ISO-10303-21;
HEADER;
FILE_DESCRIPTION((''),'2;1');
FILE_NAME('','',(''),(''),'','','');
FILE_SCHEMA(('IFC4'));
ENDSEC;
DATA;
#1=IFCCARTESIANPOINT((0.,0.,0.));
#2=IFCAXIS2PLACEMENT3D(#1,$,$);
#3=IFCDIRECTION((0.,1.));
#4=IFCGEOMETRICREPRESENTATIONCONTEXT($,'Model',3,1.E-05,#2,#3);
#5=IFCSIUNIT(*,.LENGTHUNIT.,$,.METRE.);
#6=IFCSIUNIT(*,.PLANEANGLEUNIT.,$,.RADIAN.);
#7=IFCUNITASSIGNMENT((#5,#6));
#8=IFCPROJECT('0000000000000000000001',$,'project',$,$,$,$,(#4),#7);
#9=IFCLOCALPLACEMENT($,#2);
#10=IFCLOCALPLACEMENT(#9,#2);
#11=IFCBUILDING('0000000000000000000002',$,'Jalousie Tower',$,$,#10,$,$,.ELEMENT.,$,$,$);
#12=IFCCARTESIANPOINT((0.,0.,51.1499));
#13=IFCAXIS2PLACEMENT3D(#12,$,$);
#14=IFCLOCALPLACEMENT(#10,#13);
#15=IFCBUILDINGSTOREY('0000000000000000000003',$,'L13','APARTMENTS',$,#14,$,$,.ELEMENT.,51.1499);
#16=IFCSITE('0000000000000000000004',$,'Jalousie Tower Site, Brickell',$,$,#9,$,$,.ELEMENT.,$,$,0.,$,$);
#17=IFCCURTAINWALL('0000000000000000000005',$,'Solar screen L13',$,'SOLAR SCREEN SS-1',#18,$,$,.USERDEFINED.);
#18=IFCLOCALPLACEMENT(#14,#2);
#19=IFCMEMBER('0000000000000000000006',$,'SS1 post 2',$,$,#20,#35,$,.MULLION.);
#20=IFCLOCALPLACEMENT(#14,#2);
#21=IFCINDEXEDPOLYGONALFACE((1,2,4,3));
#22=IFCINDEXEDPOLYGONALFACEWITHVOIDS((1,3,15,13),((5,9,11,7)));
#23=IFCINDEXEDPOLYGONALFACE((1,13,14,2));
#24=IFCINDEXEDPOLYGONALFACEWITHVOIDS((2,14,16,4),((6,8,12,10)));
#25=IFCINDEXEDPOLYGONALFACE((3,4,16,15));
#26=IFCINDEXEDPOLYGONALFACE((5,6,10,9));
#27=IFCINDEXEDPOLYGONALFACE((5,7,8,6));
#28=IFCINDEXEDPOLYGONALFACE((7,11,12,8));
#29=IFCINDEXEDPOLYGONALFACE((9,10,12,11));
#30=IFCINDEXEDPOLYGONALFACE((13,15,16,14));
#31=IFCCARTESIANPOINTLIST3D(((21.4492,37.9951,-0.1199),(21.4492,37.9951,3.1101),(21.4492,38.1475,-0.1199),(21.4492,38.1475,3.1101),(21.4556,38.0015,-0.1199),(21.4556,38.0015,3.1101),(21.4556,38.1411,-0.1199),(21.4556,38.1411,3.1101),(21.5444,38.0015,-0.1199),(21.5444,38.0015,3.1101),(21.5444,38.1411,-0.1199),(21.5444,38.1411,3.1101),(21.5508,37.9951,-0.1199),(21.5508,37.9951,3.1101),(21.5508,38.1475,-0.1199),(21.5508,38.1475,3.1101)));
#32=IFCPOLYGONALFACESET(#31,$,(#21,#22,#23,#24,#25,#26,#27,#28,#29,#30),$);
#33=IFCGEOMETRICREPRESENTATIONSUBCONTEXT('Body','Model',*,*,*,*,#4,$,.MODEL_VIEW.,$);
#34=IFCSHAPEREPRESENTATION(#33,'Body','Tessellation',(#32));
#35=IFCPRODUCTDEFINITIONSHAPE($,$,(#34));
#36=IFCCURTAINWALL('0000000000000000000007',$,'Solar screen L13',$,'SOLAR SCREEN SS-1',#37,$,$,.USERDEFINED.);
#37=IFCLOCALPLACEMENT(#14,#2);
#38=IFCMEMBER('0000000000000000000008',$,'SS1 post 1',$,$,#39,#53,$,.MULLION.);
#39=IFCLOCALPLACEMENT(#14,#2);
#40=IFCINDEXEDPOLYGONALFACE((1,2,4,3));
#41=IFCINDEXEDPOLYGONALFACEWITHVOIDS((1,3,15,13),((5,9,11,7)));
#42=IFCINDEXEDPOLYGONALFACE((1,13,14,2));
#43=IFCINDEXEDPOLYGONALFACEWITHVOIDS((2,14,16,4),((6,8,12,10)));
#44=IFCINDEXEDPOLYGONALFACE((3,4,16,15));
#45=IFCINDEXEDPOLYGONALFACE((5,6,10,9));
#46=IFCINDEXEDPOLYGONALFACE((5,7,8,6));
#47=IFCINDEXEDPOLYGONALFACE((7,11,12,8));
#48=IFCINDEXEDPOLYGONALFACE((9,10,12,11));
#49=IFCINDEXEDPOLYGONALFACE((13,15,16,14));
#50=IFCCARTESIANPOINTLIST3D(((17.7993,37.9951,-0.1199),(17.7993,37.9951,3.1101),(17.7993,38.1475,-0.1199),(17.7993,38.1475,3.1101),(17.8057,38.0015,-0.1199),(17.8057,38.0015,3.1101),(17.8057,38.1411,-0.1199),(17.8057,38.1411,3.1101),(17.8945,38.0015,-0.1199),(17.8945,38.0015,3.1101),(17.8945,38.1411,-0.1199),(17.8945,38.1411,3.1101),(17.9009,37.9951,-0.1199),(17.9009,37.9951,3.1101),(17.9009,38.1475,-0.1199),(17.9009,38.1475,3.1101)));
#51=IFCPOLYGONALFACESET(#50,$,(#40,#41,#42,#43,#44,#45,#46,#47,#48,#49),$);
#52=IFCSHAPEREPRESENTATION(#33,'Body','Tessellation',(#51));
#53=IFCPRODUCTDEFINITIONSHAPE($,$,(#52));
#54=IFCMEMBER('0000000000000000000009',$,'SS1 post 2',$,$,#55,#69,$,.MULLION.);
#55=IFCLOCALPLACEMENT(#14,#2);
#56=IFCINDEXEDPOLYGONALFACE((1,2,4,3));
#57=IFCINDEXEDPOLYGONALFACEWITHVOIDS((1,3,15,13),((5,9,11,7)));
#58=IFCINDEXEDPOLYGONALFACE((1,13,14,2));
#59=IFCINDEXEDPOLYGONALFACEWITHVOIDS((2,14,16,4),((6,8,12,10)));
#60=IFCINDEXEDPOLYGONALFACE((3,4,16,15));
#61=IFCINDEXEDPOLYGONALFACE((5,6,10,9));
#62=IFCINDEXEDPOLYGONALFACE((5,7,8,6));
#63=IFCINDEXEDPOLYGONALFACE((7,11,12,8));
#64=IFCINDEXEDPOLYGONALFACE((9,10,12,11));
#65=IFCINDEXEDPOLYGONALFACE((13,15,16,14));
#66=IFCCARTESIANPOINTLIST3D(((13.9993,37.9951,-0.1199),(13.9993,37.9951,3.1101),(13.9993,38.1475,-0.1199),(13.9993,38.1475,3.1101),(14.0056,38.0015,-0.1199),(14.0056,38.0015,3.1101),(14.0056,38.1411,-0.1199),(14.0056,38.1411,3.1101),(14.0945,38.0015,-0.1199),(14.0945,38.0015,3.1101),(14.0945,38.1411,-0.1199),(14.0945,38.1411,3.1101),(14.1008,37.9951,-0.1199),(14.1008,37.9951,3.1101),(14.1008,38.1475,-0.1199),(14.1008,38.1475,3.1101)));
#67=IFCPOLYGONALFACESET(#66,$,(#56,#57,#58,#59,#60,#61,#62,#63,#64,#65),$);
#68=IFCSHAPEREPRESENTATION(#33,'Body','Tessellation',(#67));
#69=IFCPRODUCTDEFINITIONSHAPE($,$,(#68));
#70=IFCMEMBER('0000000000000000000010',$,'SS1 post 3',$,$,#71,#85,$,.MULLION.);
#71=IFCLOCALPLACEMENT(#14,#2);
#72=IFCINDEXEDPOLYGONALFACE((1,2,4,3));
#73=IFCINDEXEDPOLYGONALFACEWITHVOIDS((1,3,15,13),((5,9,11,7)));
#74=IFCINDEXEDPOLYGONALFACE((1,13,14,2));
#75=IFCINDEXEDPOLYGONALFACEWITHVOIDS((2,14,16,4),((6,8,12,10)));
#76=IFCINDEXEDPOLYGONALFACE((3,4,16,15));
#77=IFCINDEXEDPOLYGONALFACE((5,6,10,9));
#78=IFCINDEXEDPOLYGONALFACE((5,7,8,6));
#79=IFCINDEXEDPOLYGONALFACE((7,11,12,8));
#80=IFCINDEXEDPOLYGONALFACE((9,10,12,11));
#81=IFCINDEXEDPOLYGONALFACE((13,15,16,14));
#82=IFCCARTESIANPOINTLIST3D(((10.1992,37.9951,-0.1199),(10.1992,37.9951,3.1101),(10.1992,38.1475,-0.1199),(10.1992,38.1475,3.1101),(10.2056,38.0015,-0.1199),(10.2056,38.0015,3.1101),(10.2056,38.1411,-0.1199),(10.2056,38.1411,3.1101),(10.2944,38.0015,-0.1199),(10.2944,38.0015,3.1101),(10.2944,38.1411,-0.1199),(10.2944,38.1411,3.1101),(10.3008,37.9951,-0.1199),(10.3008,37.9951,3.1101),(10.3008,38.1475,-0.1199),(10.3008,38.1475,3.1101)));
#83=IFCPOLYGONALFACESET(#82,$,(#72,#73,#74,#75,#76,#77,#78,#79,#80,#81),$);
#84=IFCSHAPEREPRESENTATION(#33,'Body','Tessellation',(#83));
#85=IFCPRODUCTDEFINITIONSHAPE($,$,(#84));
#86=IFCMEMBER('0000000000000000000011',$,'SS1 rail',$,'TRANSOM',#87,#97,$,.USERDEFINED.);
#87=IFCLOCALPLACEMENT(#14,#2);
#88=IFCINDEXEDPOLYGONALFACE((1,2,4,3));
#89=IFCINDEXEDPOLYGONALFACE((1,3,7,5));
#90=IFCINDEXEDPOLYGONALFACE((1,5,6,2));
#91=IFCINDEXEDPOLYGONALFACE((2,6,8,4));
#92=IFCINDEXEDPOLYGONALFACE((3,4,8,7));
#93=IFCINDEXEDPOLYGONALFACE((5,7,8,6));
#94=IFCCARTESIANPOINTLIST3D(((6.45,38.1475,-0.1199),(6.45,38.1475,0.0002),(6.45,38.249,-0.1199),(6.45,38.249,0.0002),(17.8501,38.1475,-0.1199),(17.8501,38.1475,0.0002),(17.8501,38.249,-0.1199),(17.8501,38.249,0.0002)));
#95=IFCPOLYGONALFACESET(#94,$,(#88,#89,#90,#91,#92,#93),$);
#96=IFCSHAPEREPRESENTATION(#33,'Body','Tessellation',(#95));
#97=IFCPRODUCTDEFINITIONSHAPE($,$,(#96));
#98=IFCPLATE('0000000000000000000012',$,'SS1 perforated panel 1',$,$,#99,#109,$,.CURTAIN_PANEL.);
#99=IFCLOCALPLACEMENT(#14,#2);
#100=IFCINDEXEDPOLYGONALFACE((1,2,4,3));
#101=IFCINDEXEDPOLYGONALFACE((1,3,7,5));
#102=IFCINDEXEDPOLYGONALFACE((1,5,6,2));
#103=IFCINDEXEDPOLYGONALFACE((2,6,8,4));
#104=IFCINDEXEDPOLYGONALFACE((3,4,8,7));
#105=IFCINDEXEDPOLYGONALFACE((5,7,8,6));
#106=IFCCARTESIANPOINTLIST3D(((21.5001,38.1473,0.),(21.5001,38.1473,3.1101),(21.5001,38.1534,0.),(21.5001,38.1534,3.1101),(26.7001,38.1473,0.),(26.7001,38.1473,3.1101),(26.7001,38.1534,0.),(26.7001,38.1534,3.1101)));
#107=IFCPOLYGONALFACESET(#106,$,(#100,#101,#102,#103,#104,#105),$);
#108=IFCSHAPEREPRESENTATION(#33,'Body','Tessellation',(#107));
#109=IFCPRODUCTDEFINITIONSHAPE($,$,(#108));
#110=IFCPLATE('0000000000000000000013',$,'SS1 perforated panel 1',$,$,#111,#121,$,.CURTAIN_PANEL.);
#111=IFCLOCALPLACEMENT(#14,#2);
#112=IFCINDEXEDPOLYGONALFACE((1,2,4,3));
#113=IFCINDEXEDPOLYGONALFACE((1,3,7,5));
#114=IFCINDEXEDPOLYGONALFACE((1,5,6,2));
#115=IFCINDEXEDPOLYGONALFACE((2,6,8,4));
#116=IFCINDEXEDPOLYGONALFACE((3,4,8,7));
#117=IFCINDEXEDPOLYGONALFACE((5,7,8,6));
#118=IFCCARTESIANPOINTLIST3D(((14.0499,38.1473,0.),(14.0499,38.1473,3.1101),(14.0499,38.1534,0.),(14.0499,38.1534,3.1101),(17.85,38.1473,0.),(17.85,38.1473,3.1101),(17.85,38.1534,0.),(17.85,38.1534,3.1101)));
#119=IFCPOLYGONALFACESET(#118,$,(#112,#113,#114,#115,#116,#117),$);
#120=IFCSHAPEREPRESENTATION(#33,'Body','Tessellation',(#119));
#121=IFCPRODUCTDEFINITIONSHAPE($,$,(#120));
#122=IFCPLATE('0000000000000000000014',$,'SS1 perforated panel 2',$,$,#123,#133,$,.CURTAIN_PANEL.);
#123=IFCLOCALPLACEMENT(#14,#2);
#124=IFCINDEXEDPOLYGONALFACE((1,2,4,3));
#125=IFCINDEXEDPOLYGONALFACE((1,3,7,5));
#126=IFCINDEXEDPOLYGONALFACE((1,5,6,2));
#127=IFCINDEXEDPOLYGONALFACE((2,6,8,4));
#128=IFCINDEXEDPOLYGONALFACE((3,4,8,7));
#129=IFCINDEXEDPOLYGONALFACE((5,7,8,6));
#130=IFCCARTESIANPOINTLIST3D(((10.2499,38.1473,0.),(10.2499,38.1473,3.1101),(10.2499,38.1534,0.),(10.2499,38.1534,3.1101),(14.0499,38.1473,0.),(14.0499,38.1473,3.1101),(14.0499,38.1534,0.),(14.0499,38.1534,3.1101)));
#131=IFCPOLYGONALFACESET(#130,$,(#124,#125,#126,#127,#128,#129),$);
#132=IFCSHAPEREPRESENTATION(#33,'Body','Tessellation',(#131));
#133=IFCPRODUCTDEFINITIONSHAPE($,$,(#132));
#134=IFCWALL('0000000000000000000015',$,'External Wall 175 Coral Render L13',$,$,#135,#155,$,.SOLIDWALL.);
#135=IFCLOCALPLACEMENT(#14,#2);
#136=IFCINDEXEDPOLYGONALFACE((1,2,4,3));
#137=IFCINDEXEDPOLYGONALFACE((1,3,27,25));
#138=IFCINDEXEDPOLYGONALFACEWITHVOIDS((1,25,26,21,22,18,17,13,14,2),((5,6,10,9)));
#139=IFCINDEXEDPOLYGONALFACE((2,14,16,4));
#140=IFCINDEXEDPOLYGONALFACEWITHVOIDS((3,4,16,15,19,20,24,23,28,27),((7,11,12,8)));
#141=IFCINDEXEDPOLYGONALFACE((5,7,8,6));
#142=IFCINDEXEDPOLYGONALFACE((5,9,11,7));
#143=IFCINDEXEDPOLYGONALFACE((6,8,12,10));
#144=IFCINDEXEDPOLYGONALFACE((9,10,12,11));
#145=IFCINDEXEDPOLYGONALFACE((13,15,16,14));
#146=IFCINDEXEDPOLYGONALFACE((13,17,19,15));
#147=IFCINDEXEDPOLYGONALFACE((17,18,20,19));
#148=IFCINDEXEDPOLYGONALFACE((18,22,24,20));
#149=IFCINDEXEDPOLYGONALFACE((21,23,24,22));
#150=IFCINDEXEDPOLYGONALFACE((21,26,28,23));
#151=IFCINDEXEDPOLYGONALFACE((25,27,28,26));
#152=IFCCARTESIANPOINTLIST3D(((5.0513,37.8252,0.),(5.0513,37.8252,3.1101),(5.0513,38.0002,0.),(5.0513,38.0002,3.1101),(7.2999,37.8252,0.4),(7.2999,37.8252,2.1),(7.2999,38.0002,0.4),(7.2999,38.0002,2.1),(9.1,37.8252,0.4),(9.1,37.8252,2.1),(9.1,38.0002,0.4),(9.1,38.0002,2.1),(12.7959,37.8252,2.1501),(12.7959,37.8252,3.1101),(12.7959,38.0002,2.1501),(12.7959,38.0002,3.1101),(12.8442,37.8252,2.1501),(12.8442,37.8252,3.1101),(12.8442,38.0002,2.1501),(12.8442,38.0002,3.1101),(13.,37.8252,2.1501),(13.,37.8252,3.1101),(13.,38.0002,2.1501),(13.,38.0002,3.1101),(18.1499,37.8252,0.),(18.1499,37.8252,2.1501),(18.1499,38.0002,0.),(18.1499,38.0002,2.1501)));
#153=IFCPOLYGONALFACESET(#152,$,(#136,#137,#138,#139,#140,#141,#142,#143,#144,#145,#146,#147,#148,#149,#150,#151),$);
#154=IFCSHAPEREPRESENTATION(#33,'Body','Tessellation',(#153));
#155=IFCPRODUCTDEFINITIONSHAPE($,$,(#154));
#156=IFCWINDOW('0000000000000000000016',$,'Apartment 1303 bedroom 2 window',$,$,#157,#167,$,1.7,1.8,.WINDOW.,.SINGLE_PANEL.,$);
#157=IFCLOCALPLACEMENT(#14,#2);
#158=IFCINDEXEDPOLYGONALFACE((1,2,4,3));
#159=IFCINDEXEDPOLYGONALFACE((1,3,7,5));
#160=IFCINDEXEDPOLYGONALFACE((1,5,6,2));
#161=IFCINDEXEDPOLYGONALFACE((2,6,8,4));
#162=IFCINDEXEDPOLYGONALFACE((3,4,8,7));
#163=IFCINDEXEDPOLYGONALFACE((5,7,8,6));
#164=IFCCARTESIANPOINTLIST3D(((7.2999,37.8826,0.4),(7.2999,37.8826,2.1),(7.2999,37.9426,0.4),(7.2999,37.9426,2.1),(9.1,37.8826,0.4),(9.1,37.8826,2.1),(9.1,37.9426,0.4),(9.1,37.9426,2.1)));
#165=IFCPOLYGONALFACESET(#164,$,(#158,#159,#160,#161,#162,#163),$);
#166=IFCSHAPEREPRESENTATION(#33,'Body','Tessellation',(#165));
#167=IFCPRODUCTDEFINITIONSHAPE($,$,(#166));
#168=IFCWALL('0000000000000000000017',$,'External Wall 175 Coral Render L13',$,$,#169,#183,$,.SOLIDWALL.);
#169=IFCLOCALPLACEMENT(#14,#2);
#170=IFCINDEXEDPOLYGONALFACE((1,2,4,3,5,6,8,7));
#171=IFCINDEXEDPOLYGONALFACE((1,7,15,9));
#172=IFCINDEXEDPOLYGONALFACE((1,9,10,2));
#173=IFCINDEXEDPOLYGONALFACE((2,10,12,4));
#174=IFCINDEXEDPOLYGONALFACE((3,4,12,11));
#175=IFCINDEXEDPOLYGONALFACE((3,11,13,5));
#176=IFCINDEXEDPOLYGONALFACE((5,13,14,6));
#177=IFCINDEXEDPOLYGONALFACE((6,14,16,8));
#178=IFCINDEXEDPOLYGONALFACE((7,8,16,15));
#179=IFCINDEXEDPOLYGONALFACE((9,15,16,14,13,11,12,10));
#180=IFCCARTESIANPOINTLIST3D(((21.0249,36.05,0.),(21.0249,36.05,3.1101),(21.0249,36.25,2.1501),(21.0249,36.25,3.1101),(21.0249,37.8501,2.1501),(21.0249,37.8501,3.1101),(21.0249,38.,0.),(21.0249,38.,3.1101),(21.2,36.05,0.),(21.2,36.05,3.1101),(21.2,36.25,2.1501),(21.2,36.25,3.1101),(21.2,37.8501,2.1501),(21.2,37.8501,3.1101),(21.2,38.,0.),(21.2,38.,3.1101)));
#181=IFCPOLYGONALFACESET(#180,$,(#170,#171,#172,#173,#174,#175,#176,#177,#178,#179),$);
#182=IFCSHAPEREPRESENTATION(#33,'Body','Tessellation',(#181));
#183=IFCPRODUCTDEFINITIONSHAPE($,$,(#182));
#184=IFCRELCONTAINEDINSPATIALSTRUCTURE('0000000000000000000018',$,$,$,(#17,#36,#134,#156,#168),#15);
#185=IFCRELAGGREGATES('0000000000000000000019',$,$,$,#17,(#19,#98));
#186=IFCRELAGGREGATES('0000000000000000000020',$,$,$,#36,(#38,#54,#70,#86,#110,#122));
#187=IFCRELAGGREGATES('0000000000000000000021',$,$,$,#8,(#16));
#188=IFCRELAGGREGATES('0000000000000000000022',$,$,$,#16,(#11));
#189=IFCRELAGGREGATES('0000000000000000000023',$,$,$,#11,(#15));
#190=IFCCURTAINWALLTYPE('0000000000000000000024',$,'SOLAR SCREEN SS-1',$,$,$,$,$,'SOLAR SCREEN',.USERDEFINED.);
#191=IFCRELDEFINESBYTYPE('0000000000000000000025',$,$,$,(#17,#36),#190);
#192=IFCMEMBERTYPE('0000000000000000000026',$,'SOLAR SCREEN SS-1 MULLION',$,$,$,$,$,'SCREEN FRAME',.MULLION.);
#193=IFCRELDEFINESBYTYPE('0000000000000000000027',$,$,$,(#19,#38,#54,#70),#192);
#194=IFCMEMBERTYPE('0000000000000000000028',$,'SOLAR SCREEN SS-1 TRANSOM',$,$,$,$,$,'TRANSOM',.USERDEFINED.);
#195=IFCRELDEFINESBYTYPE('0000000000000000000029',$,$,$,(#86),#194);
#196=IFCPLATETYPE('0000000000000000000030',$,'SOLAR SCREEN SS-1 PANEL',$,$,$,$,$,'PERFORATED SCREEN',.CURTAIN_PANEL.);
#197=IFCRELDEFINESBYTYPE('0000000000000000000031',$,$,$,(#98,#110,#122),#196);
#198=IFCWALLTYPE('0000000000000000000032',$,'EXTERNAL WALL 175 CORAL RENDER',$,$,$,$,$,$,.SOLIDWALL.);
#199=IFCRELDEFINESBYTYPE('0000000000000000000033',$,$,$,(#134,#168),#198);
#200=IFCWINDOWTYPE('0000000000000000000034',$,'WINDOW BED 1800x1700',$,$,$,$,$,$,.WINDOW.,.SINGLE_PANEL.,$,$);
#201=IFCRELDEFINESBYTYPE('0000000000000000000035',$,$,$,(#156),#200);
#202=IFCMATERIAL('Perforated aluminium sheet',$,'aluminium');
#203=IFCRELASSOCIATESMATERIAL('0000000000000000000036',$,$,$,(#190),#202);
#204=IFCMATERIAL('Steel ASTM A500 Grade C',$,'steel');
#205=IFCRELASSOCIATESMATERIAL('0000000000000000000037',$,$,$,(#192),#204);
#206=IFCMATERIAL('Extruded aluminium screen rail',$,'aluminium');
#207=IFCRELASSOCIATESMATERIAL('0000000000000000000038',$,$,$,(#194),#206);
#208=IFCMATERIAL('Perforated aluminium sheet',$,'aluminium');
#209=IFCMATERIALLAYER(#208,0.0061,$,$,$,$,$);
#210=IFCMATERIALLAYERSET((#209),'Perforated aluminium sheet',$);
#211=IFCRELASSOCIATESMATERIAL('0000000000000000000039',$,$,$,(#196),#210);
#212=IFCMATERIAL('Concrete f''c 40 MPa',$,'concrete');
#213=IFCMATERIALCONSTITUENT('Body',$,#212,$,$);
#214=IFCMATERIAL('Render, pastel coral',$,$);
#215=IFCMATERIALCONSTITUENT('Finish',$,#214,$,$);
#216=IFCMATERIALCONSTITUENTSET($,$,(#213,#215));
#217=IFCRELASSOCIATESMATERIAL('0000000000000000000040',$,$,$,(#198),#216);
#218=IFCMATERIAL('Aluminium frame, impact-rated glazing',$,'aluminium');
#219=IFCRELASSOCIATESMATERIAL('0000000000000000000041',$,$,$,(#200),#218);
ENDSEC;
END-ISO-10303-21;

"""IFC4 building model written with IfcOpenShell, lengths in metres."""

from ifc_helpers import new_model, si_unit, direction, frame, frame_2d, origin, origin_2d, place, context, subcontext, project, spatial, polyline, rectangle, hollow_rectangle, outline, extrude, material, layer, layer_set, constituent, constituent_set, material_profile, profile_set, type_object, element, fill, aggregate, save


model = new_model("IFC4")

# Units and contexts
model_context = context("Model", 3, precision=1e-05, world=origin(), true_north=direction((0.0, 1.0)))
body_context = subcontext(model_context, "Body", "Model", "MODEL_VIEW")
ifc_project = project(units=[si_unit("LENGTHUNIT", "METRE"), si_unit("PLANEANGLEUNIT", "RADIAN")], contexts=[model_context])

# Site, building, storey
site_placement = place(None, origin())
site = spatial("IfcSite", under=ifc_project, at=site_placement, Name="Jalousie Tower Site, Brickell", CompositionType="ELEMENT", RefElevation=0.0)
building_placement = place(site_placement, origin())
building = spatial("IfcBuilding", under=site, at=building_placement, Name="Jalousie Tower", CompositionType="ELEMENT")
storey_placement = place(building_placement, frame((0.0, 0.0, 51.1499)))
storey = spatial("IfcBuildingStorey", under=building, at=storey_placement, Name="L13", Description="APARTMENTS", CompositionType="ELEMENT", Elevation=51.1499)

# Curtain wall, member
ifc_material_1 = material(Name="Perforated aluminium sheet", Category="aluminium")
curtain_wall_type = type_object("IfcCurtainWallType", Name="SOLAR SCREEN SS-1", ElementType="SOLAR SCREEN", PredefinedType="USERDEFINED", material=ifc_material_1)
curtain_wall_1_placement = place(storey_placement, origin())
curtain_wall_1 = element("IfcCurtainWall", 1, at=curtain_wall_1_placement, inside=storey, type_object=curtain_wall_type, Name="Solar screen L13", ObjectType="SOLAR SCREEN SS-1", PredefinedType="USERDEFINED")
ifc_material_2 = material(Name="Steel ASTM A500 Grade C", Category="steel")
ifc_material_profile_1 = material_profile(ifc_material_2, hollow_rectangle(XDim=0.1016, YDim=0.1523, WallThickness=0.0063, at=origin_2d()), Name="HSS6X4X1/4")
ifc_profile_set_1 = profile_set([ifc_material_profile_1], Name="Steel ASTM A500 Grade C")
member_type_1 = type_object("IfcMemberType", Name="SOLAR SCREEN SS-1 MULLION", ElementType="SCREEN FRAME", PredefinedType="MULLION", material=ifc_profile_set_1)
member_1_placement = place(storey_placement, frame((21.5, 38.0713, -0.1199), z_axis=(0.0, 0.0, 1.0), x_axis=(-1.0, 0.0, 0.0)))
member_1 = element("IfcMember", 2, at=member_1_placement, type_object=member_type_1, Name="SS1 post 2", PredefinedType="MULLION", context=body_context, shape_type="SweptSolid", body=[
    extrude(hollow_rectangle(XDim=0.1016, YDim=0.1523, WallThickness=0.0063, at=origin_2d()), origin(), (0.0, 0.0, 1.0), 3.23),
])

# Curtain wall, members
curtain_wall_2_placement = place(storey_placement, origin())
curtain_wall_2 = element("IfcCurtainWall", 3, at=curtain_wall_2_placement, inside=storey, type_object=curtain_wall_type, Name="Solar screen L13", ObjectType="SOLAR SCREEN SS-1", PredefinedType="USERDEFINED")
member_2_placement = place(storey_placement, frame((17.8501, 38.0713, -0.1199), z_axis=(0.0, 0.0, 1.0), x_axis=(-1.0, 0.0, 0.0)))
member_2 = element("IfcMember", 4, at=member_2_placement, type_object=member_type_1, Name="SS1 post 1", PredefinedType="MULLION", context=body_context, shape_type="SweptSolid", body=[
    extrude(hollow_rectangle(XDim=0.1016, YDim=0.1523, WallThickness=0.0063, at=origin_2d()), origin(), (0.0, 0.0, 1.0), 3.23),
])
member_3_placement = place(storey_placement, frame((14.05, 38.0713, -0.1199), z_axis=(0.0, 0.0, 1.0), x_axis=(-1.0, 0.0, 0.0)))
member_3 = element("IfcMember", 5, at=member_3_placement, type_object=member_type_1, Name="SS1 post 2", PredefinedType="MULLION", context=body_context, shape_type="SweptSolid", body=[
    extrude(hollow_rectangle(XDim=0.1016, YDim=0.1523, WallThickness=0.0063, at=origin_2d()), origin(), (0.0, 0.0, 1.0), 3.23),
])
member_4_placement = place(storey_placement, frame((10.25, 38.0713, -0.1199), z_axis=(0.0, 0.0, 1.0), x_axis=(-1.0, 0.0, 0.0)))
member_4 = element("IfcMember", 6, at=member_4_placement, type_object=member_type_1, Name="SS1 post 3", PredefinedType="MULLION", context=body_context, shape_type="SweptSolid", body=[
    extrude(hollow_rectangle(XDim=0.1016, YDim=0.1523, WallThickness=0.0063, at=origin_2d()), origin(), (0.0, 0.0, 1.0), 3.23),
])
ifc_material_3 = material(Name="Extruded aluminium screen rail", Category="aluminium")
ifc_material_profile_2 = material_profile(ifc_material_3, rectangle(XDim=0.1016, YDim=0.1201, at=origin_2d()), Name="RAIL 102x120")
ifc_profile_set_2 = profile_set([ifc_material_profile_2], Name="Extruded aluminium screen rail")
member_type_2 = type_object("IfcMemberType", Name="SOLAR SCREEN SS-1 TRANSOM", ElementType="TRANSOM", PredefinedType="USERDEFINED", material=ifc_profile_set_2)
member_5_placement = place(storey_placement, frame((17.8501, 38.1982, -0.0598), z_axis=(-1.0, 0.0, 0.0), x_axis=(0.0, -1.0, 0.0)))
member_5 = element("IfcMember", 7, at=member_5_placement, type_object=member_type_2, Name="SS1 rail", ObjectType="TRANSOM", PredefinedType="USERDEFINED", context=body_context, shape_type="SweptSolid", body=[
    extrude(rectangle(XDim=0.1016, YDim=0.1201, at=origin_2d()), origin(), (0.0, 0.0, 1.0), 11.4001),
])

# Plates
ifc_material_4 = material(Name="Perforated aluminium sheet", Category="aluminium")
ifc_layer_1 = layer(ifc_material_4, 0.0061)
ifc_layer_set_1 = layer_set([ifc_layer_1], Name="Perforated aluminium sheet")
plate_type = type_object("IfcPlateType", Name="SOLAR SCREEN SS-1 PANEL", ElementType="PERFORATED SCREEN", PredefinedType="CURTAIN_PANEL", material=ifc_layer_set_1)
plate_1_placement = place(storey_placement, frame((24.1001, 38.1504, 0.0), z_axis=(0.0, 0.0, 1.0), x_axis=(-1.0, 0.0, 0.0)))
plate_1 = element("IfcPlate", 8, at=plate_1_placement, type_object=plate_type, Name="SS1 perforated panel 1", PredefinedType="CURTAIN_PANEL", context=body_context, shape_type="SweptSolid", body=[
    extrude(rectangle(XDim=5.2, YDim=0.0061, at=origin_2d()), origin(), (0.0, 0.0, 1.0), 3.1101),
])
aggregate(curtain_wall_1, [member_1, plate_1])
plate_2_placement = place(storey_placement, frame((15.95, 38.1504, 0.0), z_axis=(0.0, 0.0, 1.0), x_axis=(-1.0, 0.0, 0.0)))
plate_2 = element("IfcPlate", 9, at=plate_2_placement, type_object=plate_type, Name="SS1 perforated panel 1", PredefinedType="CURTAIN_PANEL", context=body_context, shape_type="SweptSolid", body=[
    extrude(rectangle(XDim=3.8, YDim=0.0061, at=origin_2d()), origin(), (0.0, 0.0, 1.0), 3.1101),
])
plate_3_placement = place(storey_placement, frame((12.1499, 38.1504, 0.0), z_axis=(0.0, 0.0, 1.0), x_axis=(-1.0, 0.0, 0.0)))
plate_3 = element("IfcPlate", 10, at=plate_3_placement, type_object=plate_type, Name="SS1 perforated panel 2", PredefinedType="CURTAIN_PANEL", context=body_context, shape_type="SweptSolid", body=[
    extrude(rectangle(XDim=3.8, YDim=0.0061, at=origin_2d()), origin(), (0.0, 0.0, 1.0), 3.1101),
])
aggregate(curtain_wall_2, [member_2, member_3, member_4, member_5, plate_2, plate_3])

# Wall, opening, window
ifc_material_5 = material(Name="Concrete f'c 40 MPa", Category="concrete")
ifc_constituent_1 = constituent(ifc_material_5, Name="Body")
ifc_material_6 = material(Name="Render, pastel coral")
ifc_constituent_2 = constituent(ifc_material_6, Name="Finish")
ifc_constituent_set_1 = constituent_set(constituents=[ifc_constituent_1, ifc_constituent_2])
wall_type_1 = type_object("IfcWallType", Name="EXTERNAL WALL 175 CORAL RENDER", PredefinedType="SOLIDWALL", material=ifc_constituent_set_1)
wall_1_placement = place(storey_placement, frame((18.1499, 37.9126, 0.0), z_axis=(0.0, 0.0, 1.0), x_axis=(-1.0, 0.0, 0.0)))
wall_1 = element("IfcWall", 11, at=wall_1_placement, inside=storey, type_object=wall_type_1, Name="External Wall 175 Coral Render L13", PredefinedType="SOLIDWALL", context=body_context, shape_type="SweptSolid", body=[
    extrude(outline(polyline([(0.0, 0.0), (13.0986, 0.0), (13.0986, 3.1101), (5.354, 3.1101), (5.354, 2.1501), (5.3057, 2.1501), (5.3057, 3.1101), (5.1499, 3.1101), (5.1499, 2.1501), (0.0, 2.1501), (0.0, 0.0)])), frame((0.0, 0.0874, 0.0), z_axis=(0.0, -1.0, 0.0), x_axis=(1.0, 0.0, 0.0)), (0.0, 0.0, 1.0), 0.175),
])
opening_1_placement = place(wall_1_placement, frame((9.05, 0.0, 0.3999)))
opening_1 = element("IfcOpeningElement", 12, at=opening_1_placement, cuts=wall_1, PredefinedType="OPENING", context=body_context, shape_type="SweptSolid", body=[
    extrude(rectangle(XDim=1.8, YDim=1.7, at=frame_2d((0.8999, 0.8501))), frame((0.0, 0.0974, 0.0), z_axis=(0.0, -1.0, 0.0), x_axis=(1.0, 0.0, 0.0)), (0.0, 0.0, 1.0), 0.1951),
])
ifc_material_7 = material(Name="Aluminium frame, impact-rated glazing", Category="aluminium")
window_type = type_object("IfcWindowType", Name="WINDOW BED 1800x1700", PartitioningType="SINGLE_PANEL", PredefinedType="WINDOW", material=ifc_material_7)
window_placement = place(opening_1_placement, origin())
window = element("IfcWindow", 13, at=window_placement, inside=storey, type_object=window_type, Name="Apartment 1303 bedroom 2 window", OverallHeight=1.7, OverallWidth=1.8, PartitioningType="SINGLE_PANEL", PredefinedType="WINDOW", context=body_context, shape_type="SweptSolid", body=[
    extrude(rectangle(XDim=1.8, YDim=1.7, at=frame_2d((0.8999, 0.8501))), frame((0.0, 0.03, 0.0), z_axis=(0.0, -1.0, 0.0), x_axis=(1.0, 0.0, 0.0)), (0.0, 0.0, 1.0), 0.0601),
])
fill(opening_1, window)

# Wall
for number, where, z_axis, x_axis, name in (
    (14, (21.1125, 38.0, 0.0), (0.0, 0.0, 1.0), (0.0, -1.0, 0.0), "External Wall 175 Coral Render L13"),
):
    element("IfcWall", number, at=place(storey_placement, frame(where, z_axis=z_axis, x_axis=x_axis)), inside=storey, type_object=wall_type_1, Name=name, PredefinedType="SOLIDWALL", context=body_context, shape_type="SweptSolid", body=[
        extrude(outline(polyline([(0.0, 0.0), (1.95, 0.0), (1.95, 3.1101), (1.75, 3.1101), (1.75, 2.1501), (0.1499, 2.1501), (0.1499, 3.1101), (0.0, 3.1101), (0.0, 0.0)])), frame((0.0, 0.0874, 0.0), z_axis=(0.0, -1.0, 0.0), x_axis=(1.0, 0.0, 0.0)), (0.0, 0.0, 1.0), 0.175),
    ])

save(model, "model.ifc")
